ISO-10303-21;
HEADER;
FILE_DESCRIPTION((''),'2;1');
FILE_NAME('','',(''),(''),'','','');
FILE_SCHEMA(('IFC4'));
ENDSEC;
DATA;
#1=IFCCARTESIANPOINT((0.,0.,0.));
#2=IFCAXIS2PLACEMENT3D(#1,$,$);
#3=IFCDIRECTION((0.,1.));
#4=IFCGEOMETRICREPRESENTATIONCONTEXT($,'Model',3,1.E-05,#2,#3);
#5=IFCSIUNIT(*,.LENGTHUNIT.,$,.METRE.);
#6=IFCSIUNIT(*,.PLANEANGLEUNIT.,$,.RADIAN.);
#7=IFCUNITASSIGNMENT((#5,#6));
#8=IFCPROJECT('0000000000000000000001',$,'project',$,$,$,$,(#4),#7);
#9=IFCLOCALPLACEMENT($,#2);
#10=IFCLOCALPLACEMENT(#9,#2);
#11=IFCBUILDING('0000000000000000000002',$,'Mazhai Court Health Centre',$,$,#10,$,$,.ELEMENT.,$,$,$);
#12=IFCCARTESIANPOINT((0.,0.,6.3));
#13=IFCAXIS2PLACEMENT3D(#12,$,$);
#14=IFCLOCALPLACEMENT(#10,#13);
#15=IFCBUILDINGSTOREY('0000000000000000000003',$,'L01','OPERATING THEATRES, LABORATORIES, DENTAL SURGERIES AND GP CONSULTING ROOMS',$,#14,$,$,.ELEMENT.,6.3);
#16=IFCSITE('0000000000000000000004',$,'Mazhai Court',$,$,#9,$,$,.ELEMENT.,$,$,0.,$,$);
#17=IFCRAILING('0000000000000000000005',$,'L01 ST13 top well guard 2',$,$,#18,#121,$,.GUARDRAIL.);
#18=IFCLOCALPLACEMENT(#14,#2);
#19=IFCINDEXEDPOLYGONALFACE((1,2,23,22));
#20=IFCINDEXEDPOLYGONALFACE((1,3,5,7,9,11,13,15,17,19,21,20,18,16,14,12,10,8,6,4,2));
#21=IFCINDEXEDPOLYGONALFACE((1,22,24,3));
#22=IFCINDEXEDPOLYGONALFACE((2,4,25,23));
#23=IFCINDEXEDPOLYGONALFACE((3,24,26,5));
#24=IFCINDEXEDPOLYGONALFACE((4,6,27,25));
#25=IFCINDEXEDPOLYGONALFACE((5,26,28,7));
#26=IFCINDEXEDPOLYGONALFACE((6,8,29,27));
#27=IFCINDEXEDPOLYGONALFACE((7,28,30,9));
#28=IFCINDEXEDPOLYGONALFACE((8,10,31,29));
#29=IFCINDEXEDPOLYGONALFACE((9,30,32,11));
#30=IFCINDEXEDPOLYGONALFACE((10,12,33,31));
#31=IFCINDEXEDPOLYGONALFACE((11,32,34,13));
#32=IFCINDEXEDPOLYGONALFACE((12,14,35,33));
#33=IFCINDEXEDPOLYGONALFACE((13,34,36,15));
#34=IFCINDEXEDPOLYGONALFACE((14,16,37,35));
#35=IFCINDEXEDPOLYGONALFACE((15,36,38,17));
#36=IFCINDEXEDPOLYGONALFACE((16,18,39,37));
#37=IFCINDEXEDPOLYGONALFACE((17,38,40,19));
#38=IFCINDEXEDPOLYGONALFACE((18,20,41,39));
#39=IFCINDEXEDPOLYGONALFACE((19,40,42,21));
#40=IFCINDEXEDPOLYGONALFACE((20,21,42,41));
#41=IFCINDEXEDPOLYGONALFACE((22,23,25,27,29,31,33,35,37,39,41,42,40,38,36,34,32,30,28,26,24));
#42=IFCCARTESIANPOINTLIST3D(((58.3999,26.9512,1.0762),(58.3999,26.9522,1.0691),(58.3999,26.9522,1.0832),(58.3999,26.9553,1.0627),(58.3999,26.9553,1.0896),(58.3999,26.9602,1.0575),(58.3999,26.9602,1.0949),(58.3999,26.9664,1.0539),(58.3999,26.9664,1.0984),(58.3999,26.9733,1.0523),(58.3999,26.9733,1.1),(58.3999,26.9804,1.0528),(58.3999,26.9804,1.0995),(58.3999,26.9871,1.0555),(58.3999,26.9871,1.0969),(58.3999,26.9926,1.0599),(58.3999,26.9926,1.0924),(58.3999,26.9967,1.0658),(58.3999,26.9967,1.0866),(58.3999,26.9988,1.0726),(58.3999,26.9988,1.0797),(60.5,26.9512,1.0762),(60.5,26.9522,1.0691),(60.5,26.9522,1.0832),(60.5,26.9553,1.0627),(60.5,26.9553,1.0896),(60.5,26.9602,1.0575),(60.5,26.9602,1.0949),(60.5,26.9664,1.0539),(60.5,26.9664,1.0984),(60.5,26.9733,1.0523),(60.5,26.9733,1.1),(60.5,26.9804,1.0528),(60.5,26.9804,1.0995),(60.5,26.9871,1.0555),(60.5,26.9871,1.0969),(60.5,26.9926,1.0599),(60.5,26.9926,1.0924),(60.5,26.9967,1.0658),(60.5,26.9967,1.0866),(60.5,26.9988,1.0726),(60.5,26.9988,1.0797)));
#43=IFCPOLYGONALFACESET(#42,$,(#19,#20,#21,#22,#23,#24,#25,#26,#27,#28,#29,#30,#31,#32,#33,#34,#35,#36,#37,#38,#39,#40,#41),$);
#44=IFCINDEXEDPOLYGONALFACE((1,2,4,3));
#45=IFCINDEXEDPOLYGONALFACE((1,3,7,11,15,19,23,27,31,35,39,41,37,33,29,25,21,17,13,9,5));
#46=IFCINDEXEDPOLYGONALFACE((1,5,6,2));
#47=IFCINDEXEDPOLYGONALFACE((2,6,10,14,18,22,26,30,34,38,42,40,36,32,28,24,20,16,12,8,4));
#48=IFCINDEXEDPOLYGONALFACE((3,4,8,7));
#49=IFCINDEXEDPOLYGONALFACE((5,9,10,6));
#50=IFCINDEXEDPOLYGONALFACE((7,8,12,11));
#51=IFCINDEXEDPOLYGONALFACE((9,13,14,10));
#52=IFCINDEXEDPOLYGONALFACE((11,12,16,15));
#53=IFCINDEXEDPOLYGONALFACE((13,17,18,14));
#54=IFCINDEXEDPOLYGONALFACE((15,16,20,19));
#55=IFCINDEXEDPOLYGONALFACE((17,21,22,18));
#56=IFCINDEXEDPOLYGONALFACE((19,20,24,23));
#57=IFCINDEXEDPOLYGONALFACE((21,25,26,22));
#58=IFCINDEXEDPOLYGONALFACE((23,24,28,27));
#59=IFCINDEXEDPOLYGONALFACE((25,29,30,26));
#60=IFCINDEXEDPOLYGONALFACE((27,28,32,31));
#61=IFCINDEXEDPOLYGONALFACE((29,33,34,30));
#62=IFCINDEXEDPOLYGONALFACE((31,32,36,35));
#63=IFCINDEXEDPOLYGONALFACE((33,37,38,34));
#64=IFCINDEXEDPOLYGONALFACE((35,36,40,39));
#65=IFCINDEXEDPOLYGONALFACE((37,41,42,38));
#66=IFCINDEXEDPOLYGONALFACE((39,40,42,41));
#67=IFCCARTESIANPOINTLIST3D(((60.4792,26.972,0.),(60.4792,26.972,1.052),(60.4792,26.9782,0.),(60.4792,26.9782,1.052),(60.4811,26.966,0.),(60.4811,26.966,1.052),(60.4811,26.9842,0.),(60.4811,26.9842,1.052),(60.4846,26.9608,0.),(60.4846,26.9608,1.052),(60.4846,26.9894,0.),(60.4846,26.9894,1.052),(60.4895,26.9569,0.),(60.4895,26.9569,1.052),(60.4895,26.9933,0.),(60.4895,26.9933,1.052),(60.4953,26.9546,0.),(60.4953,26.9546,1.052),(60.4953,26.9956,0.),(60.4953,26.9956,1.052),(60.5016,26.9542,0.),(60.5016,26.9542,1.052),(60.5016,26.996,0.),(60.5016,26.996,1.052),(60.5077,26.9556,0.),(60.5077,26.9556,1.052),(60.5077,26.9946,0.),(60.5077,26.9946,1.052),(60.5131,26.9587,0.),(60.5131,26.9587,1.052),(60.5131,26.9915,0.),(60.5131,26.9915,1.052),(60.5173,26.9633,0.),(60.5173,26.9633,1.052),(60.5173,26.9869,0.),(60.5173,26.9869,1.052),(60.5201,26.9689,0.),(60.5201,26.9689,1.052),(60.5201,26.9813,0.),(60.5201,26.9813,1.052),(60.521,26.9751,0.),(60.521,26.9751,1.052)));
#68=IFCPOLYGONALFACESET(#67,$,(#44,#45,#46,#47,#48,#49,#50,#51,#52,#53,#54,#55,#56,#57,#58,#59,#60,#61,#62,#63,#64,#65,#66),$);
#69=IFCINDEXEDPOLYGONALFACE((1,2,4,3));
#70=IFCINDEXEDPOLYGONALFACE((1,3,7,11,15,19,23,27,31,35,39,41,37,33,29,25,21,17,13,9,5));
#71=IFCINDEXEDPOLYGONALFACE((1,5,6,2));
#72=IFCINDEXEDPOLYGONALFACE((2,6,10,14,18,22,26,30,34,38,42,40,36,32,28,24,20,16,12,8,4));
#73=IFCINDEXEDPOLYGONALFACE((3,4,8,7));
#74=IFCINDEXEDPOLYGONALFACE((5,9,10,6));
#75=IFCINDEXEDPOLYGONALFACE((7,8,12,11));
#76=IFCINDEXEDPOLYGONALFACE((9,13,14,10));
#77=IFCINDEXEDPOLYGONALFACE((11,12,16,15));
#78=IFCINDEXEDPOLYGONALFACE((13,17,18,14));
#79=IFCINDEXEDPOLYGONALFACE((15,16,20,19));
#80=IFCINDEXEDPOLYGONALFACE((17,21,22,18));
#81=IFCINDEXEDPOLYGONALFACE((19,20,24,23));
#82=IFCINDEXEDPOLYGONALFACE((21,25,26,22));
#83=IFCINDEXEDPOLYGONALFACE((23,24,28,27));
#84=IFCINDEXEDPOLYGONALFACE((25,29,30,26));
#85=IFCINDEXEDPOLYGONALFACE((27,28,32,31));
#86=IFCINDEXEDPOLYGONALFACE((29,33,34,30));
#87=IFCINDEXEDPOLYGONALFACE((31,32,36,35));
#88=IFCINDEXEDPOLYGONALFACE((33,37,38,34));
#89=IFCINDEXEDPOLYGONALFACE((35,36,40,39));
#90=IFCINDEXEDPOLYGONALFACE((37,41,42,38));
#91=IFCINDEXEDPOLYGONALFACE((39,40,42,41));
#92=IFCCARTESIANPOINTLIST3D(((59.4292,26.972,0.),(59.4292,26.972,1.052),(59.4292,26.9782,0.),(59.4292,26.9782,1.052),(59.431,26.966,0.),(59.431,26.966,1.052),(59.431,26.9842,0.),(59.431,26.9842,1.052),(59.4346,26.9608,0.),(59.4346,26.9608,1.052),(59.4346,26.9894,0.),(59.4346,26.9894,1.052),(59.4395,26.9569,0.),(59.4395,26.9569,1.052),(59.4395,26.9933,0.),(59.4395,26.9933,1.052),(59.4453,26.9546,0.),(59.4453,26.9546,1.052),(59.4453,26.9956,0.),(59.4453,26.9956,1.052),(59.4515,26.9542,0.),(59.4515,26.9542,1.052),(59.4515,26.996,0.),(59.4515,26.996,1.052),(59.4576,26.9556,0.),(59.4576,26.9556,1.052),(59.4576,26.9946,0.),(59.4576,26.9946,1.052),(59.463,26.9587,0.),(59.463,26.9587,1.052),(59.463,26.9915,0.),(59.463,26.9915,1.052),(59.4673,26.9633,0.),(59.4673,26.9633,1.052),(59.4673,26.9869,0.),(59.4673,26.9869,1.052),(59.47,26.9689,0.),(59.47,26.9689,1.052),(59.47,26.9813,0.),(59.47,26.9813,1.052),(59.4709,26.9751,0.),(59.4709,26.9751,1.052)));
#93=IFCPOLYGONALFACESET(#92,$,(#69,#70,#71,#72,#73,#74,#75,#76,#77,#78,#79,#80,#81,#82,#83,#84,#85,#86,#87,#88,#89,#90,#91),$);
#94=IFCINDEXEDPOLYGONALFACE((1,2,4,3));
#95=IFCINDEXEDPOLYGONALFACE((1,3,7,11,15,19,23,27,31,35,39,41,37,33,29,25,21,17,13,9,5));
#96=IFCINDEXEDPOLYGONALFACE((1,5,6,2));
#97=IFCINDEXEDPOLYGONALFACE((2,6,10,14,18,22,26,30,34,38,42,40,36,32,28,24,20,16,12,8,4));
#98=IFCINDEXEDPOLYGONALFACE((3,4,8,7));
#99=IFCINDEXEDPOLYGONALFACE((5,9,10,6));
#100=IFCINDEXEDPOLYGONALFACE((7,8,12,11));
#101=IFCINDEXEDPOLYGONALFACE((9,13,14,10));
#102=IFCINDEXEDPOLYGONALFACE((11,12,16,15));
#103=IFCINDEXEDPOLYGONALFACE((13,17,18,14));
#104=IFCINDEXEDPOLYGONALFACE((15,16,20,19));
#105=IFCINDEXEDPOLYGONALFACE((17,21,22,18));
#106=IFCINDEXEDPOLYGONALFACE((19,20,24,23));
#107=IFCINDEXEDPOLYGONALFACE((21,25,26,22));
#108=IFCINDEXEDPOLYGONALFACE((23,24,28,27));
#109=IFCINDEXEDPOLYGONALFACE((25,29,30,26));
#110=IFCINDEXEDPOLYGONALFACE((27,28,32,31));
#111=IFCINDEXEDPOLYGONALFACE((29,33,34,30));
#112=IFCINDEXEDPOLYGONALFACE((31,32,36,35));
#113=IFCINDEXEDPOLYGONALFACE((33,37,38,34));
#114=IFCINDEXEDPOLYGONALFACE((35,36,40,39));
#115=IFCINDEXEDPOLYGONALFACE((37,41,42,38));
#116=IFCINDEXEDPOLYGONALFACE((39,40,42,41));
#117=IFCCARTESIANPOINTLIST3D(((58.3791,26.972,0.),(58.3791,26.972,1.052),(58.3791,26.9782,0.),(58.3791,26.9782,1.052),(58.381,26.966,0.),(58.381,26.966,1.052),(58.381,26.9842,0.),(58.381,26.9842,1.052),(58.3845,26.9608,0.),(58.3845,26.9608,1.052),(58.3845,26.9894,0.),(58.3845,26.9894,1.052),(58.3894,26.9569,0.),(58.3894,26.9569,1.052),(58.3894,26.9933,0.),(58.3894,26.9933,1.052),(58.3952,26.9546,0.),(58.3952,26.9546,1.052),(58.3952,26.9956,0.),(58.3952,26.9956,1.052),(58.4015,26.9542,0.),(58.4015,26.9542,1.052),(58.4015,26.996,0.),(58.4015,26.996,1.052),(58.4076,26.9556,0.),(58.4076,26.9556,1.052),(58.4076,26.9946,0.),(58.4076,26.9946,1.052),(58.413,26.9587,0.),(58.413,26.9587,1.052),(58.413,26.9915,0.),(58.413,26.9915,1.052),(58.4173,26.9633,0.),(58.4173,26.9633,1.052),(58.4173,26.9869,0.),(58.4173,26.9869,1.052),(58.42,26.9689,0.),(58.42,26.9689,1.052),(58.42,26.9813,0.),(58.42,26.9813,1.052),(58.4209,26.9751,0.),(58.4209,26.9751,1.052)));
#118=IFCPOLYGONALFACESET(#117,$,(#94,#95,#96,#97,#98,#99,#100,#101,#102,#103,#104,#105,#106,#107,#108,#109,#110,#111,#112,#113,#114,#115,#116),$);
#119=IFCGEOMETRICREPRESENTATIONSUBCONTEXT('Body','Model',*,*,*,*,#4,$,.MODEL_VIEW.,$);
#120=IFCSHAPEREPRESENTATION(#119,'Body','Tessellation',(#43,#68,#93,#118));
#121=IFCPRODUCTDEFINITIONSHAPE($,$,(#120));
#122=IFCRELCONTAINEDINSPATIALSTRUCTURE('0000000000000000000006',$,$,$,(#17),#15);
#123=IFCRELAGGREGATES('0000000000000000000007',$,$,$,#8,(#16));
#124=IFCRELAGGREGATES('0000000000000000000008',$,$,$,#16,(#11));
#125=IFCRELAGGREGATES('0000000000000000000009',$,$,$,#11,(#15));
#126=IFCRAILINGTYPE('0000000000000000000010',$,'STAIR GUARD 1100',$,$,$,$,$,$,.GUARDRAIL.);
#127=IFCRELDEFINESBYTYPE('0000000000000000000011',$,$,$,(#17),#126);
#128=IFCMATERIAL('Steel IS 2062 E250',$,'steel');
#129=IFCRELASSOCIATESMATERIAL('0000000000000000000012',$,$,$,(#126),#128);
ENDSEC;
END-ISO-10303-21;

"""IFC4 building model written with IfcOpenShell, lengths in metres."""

from ifc_helpers import new_model, si_unit, direction, frame, origin, origin_2d, place, context, subcontext, project, spatial, circle, extrude, material, type_object, element, save


model = new_model("IFC4")

# Units and contexts
model_context = context("Model", 3, precision=1e-05, world=origin(), true_north=direction((0.0, 1.0)))
body_context = subcontext(model_context, "Body", "Model", "MODEL_VIEW")
ifc_project = project(units=[si_unit("LENGTHUNIT", "METRE"), si_unit("PLANEANGLEUNIT", "RADIAN")], contexts=[model_context])

# Site, building, storey
site_placement = place(None, origin())
site = spatial("IfcSite", under=ifc_project, at=site_placement, Name="Mazhai Court", CompositionType="ELEMENT", RefElevation=0.0)
building_placement = place(site_placement, origin())
building = spatial("IfcBuilding", under=site, at=building_placement, Name="Mazhai Court Health Centre", CompositionType="ELEMENT")
storey_placement = place(building_placement, frame((0.0, 0.0, 6.3)))
storey = spatial("IfcBuildingStorey", under=building, at=storey_placement, Name="L01", Description="OPERATING THEATRES, LABORATORIES, DENTAL SURGERIES AND GP CONSULTING ROOMS", CompositionType="ELEMENT", Elevation=6.3)

# Railing
ifc_material_1 = material(Name="Steel IS 2062 E250", Category="steel")
railing_type_1 = type_object("IfcRailingType", Name="STAIR GUARD 1100", PredefinedType="GUARDRAIL", material=ifc_material_1)
railing_1_placement = place(storey_placement, frame((60.5, 26.9751, 0.0)))
element("IfcRailing", 1, at=railing_1_placement, inside=storey, type_object=railing_type_1, Name="L01 ST13 top well guard 2", PredefinedType="GUARDRAIL", context=body_context, shape_type="SweptSolid", body=[
    extrude(circle(Radius=0.0239, at=origin_2d()), frame((0.0, 0.0, 1.0762), z_axis=(-1.0, 0.0, 0.0), x_axis=(0.0, -1.0, 0.0)), (0.0, 0.0, 1.0), 2.1001),
    extrude(circle(Radius=0.021, at=origin_2d()), origin(), (0.0, 0.0, 1.0), 1.052),
    extrude(circle(Radius=0.021, at=origin_2d()), frame((-1.05, 0.0, 0.0)), (0.0, 0.0, 1.0), 1.052),
    extrude(circle(Radius=0.021, at=origin_2d()), frame((-2.1001, 0.0, 0.0)), (0.0, 0.0, 1.0), 1.052),
])

save(model, "model.ifc")
